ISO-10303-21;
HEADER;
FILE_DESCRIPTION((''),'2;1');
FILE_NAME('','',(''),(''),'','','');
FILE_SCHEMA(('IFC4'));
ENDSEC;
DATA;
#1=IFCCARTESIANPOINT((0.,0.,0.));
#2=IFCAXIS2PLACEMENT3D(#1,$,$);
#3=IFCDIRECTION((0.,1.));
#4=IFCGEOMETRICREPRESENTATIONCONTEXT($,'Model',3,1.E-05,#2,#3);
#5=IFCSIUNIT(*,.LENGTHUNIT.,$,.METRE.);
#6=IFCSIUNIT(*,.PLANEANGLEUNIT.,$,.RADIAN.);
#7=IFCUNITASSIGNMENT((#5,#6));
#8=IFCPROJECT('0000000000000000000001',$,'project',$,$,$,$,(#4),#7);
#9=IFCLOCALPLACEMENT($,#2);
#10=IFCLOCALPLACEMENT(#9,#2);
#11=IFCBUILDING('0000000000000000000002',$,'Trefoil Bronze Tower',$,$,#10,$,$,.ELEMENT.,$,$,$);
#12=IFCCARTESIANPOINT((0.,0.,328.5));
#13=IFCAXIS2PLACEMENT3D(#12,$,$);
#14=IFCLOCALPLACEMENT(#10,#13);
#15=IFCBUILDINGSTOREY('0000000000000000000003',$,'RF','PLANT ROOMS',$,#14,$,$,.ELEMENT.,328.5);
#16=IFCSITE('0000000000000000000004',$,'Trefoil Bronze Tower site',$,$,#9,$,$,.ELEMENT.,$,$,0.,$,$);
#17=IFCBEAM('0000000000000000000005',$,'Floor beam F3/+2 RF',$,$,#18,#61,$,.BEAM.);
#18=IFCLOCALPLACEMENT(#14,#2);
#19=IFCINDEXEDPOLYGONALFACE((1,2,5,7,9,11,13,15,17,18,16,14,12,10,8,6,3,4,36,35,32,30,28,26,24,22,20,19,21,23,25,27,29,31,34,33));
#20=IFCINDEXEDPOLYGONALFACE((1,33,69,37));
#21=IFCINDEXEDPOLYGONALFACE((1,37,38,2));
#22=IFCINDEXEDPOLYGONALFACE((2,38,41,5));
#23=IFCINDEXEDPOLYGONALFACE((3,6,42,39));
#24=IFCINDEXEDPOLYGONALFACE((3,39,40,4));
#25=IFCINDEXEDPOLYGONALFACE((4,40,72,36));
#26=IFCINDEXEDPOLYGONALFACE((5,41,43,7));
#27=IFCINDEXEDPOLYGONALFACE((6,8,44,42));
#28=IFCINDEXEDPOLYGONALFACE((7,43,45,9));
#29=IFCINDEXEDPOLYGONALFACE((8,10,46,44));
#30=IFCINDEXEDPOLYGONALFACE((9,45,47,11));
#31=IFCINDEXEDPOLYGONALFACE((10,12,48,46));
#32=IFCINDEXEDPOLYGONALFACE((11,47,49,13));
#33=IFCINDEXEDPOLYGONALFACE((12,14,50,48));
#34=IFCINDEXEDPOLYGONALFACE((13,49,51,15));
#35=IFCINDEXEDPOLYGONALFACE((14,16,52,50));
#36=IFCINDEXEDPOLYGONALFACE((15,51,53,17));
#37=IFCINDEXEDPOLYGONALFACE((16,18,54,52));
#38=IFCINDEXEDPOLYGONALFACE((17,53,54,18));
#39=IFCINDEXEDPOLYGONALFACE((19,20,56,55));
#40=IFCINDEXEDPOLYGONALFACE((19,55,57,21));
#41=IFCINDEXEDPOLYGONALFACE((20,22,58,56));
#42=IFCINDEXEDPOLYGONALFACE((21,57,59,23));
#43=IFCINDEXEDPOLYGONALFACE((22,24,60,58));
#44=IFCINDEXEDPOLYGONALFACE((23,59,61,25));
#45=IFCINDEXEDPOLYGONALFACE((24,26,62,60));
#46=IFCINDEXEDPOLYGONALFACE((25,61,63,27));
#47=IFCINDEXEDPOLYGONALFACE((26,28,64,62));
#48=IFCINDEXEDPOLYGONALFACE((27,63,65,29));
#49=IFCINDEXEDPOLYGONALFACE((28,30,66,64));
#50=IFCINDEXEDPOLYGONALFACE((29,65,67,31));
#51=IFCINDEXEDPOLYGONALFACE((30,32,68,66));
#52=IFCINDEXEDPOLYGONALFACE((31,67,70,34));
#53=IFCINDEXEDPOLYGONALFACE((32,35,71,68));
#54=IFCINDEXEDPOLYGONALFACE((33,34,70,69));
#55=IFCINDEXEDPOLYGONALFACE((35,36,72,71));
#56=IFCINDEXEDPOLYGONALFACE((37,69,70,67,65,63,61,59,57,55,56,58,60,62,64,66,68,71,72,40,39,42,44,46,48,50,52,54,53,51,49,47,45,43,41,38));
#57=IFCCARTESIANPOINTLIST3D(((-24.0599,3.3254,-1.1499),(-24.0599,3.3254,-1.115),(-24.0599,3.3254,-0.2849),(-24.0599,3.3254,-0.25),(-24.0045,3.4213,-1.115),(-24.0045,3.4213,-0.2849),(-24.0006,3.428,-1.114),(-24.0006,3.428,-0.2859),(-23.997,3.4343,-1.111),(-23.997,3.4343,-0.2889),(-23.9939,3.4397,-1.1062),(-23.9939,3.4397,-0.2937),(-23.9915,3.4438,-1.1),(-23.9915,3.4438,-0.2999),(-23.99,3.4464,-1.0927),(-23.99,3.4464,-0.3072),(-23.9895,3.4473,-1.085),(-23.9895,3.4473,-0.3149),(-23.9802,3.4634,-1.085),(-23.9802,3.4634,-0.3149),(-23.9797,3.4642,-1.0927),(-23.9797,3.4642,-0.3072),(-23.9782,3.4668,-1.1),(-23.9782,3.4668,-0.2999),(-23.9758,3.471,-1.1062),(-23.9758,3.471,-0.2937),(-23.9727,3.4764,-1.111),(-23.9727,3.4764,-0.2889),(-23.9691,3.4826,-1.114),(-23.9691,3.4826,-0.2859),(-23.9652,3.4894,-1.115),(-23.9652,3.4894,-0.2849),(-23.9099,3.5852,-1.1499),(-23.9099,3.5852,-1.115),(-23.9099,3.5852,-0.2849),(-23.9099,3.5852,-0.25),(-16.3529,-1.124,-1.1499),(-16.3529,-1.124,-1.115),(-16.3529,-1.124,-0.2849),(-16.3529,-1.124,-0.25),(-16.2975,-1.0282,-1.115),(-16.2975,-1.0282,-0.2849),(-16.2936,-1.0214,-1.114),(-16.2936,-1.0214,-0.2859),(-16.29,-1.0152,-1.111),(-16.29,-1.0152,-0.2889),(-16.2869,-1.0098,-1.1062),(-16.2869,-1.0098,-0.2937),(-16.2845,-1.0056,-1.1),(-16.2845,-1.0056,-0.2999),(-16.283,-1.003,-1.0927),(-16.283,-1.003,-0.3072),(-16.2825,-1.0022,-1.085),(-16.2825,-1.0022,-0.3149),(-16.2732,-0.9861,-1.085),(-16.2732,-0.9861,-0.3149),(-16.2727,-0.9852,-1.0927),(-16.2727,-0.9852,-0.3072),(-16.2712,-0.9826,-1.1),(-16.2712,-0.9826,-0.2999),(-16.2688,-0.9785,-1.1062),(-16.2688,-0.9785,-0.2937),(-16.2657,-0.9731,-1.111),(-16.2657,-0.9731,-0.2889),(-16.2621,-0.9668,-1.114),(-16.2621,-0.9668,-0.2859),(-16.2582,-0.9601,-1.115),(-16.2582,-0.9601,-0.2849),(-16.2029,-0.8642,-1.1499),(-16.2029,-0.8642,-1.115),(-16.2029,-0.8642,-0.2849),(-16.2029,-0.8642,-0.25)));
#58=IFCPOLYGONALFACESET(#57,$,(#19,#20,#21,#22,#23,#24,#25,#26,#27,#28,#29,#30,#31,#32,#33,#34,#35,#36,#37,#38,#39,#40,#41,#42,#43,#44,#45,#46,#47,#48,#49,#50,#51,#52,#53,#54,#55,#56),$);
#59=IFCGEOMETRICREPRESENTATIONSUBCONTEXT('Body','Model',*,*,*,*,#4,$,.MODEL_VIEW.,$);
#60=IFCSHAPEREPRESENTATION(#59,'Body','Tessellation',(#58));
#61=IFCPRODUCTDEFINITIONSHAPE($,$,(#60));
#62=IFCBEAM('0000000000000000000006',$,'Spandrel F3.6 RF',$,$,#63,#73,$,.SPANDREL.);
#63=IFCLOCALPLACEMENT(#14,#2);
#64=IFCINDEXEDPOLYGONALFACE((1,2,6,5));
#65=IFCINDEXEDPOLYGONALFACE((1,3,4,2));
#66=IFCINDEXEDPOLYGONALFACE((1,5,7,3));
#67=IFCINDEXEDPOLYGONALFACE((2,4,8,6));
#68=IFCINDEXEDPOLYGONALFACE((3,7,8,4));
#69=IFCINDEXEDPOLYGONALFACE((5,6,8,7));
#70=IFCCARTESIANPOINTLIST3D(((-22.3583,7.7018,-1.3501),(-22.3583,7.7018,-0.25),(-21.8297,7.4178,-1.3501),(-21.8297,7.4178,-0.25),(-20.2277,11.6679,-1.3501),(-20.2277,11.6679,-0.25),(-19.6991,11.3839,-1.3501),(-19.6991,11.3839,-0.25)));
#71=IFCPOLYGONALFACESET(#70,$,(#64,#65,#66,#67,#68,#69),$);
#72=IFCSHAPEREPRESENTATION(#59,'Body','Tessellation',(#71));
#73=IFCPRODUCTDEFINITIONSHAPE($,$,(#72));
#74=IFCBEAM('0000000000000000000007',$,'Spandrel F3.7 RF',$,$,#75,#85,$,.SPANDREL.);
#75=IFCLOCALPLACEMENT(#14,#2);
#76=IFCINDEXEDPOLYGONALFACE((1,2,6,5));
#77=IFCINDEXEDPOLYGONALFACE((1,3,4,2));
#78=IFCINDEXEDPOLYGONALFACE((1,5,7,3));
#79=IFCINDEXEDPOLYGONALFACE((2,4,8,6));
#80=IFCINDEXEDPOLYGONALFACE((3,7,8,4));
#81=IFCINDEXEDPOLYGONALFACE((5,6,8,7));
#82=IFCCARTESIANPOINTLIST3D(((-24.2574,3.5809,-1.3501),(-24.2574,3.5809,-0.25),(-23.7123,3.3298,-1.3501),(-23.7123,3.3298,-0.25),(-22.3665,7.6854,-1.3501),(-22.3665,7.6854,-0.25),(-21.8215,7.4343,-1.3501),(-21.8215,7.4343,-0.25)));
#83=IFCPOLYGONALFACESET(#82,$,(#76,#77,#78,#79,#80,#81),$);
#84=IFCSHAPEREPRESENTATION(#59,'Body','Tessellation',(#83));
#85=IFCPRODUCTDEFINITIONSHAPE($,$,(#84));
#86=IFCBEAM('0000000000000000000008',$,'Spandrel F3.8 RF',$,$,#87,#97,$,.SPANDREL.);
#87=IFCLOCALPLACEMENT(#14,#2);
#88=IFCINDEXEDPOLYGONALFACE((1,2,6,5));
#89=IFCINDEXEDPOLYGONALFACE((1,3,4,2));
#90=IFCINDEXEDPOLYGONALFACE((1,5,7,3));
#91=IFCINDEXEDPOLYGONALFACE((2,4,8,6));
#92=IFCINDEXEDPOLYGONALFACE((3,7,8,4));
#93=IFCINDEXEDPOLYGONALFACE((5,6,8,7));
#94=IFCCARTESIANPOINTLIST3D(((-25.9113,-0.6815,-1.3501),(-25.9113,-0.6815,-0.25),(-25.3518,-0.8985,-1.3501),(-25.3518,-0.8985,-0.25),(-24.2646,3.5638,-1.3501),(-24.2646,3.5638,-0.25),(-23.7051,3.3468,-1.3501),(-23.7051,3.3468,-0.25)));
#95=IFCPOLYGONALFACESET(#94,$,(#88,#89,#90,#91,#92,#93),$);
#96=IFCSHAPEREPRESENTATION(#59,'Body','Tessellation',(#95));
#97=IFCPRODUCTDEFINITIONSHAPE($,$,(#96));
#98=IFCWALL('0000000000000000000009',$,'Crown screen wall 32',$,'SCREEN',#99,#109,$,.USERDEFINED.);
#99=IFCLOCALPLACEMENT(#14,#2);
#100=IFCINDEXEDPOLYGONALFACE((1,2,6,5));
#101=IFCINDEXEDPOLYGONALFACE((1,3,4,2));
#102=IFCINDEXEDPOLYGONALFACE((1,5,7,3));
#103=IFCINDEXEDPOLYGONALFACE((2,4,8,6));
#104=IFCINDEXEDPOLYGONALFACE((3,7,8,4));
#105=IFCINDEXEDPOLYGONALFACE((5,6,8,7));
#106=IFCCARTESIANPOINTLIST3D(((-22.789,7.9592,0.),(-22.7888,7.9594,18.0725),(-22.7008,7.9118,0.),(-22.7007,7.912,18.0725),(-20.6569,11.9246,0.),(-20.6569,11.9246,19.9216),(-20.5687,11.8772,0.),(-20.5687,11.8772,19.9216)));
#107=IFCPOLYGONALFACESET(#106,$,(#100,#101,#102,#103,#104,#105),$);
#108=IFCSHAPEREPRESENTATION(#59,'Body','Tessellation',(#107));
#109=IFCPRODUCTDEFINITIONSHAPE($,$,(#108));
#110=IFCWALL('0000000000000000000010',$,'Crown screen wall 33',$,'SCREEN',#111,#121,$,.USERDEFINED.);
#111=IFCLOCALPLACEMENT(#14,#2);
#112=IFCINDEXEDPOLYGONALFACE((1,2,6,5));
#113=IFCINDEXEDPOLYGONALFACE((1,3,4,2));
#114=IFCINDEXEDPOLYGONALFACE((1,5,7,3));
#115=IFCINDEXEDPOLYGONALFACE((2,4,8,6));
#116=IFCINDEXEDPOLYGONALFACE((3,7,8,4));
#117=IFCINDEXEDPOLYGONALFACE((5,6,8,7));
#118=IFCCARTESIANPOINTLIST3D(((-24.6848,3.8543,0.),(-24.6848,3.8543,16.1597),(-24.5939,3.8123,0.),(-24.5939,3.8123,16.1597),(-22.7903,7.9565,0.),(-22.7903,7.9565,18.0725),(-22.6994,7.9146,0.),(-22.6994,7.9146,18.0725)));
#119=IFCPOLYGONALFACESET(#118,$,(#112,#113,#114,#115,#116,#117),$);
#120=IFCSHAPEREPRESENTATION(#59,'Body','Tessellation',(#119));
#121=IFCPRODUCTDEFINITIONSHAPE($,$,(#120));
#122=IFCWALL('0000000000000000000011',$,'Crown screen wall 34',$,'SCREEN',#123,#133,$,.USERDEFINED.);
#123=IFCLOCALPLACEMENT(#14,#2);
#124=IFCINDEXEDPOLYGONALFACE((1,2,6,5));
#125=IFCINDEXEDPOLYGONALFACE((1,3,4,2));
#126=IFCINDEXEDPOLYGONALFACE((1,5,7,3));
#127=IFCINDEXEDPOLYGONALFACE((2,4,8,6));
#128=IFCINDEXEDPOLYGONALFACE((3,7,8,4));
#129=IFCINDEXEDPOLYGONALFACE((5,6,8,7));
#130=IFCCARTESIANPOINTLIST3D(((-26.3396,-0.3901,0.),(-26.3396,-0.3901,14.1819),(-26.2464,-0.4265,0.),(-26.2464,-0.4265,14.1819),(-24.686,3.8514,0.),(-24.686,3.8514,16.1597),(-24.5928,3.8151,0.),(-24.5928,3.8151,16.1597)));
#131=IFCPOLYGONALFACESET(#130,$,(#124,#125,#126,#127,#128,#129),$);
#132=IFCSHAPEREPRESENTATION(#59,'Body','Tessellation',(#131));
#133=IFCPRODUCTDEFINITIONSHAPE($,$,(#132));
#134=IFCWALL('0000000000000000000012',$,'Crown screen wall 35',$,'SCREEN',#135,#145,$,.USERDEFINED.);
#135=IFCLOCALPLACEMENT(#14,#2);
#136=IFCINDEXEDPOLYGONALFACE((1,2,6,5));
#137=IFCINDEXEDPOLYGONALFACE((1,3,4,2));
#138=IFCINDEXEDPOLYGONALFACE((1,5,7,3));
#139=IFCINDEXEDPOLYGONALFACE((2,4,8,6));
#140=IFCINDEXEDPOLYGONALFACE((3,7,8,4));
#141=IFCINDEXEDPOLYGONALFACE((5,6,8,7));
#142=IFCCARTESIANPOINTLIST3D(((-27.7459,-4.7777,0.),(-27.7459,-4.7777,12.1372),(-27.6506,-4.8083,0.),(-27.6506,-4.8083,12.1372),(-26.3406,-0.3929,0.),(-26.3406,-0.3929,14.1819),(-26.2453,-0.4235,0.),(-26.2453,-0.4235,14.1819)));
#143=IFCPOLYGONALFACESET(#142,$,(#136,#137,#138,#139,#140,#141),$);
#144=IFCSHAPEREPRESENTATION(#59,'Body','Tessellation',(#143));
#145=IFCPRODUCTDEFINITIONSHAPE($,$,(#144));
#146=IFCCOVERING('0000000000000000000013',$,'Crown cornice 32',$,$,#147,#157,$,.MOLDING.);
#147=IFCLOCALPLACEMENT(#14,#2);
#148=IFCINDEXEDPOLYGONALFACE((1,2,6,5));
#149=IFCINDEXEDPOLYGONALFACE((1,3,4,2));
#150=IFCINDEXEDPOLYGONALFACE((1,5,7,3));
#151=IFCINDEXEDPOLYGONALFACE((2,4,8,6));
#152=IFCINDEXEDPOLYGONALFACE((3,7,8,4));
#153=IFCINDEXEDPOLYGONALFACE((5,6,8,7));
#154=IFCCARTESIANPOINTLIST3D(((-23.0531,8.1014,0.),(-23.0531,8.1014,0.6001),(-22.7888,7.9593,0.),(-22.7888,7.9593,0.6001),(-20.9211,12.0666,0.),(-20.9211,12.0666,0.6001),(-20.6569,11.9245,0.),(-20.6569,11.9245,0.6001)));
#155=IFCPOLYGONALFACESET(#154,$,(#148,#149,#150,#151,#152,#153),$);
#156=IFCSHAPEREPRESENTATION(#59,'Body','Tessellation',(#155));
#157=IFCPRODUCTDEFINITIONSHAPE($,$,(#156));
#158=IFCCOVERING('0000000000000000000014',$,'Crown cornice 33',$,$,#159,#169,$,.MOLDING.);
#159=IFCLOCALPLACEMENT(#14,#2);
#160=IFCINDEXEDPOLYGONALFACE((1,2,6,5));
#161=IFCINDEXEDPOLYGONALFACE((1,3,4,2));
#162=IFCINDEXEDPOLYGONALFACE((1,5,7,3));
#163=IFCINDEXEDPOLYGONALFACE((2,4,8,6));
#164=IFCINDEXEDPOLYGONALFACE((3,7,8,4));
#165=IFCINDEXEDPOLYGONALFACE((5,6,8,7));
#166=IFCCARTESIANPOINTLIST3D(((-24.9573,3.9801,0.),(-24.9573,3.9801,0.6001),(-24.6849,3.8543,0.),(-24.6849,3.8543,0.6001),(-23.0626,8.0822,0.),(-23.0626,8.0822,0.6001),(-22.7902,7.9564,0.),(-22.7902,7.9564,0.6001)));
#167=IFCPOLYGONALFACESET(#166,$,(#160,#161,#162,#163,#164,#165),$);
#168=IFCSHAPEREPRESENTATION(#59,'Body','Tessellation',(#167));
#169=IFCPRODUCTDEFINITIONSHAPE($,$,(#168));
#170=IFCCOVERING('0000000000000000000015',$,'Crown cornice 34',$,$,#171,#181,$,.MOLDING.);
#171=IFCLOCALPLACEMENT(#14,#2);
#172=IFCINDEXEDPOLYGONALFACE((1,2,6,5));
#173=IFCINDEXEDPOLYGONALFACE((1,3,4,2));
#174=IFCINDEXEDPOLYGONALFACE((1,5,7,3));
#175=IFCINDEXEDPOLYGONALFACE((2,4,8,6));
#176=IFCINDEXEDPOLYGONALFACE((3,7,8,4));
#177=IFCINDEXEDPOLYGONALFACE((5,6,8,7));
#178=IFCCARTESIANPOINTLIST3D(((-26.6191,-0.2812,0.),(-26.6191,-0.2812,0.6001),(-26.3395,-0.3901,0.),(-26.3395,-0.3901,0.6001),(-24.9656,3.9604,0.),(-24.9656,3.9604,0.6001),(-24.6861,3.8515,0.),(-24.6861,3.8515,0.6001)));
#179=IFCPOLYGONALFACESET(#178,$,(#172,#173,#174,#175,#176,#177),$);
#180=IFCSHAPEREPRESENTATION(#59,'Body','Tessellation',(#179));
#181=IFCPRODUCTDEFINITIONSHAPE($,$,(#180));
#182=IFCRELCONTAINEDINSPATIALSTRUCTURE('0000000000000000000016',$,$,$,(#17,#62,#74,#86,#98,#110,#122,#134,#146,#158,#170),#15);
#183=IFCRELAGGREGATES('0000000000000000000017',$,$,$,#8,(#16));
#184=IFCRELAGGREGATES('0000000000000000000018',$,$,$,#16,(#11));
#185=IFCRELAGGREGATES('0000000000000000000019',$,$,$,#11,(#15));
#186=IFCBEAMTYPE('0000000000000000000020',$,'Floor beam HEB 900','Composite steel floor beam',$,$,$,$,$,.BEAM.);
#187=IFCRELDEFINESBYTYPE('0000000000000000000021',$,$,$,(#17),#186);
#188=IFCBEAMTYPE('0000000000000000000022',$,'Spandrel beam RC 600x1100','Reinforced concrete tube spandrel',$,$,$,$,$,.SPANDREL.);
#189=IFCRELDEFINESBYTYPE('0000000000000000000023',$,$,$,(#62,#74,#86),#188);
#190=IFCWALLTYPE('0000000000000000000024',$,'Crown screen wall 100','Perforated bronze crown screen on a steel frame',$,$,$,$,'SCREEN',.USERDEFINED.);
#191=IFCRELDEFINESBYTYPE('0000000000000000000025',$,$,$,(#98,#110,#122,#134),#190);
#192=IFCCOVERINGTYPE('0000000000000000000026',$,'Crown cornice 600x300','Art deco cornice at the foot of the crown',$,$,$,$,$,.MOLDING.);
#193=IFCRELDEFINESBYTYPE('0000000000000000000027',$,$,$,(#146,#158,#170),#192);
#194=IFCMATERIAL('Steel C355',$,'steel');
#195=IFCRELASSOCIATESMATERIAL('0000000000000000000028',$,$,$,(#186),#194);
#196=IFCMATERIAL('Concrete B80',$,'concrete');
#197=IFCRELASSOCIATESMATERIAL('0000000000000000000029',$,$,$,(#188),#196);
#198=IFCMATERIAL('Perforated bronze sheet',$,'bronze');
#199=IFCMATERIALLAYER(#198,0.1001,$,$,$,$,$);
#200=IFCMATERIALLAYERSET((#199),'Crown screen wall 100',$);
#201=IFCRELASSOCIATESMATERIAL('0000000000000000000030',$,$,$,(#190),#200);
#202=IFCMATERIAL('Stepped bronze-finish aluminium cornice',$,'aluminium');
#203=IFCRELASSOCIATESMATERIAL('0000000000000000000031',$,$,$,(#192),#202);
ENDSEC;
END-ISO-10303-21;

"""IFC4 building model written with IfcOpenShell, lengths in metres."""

from ifc_helpers import new_model, si_unit, direction, frame, origin, origin_2d, place, context, subcontext, project, spatial, polyline, rectangle, i_section, outline, extrude, material, layer, layer_set, material_profile, profile_set, type_object, element, save


model = new_model("IFC4")

# Units and contexts
model_context = context("Model", 3, precision=1e-05, world=origin(), true_north=direction((0.0, 1.0)))
body_context = subcontext(model_context, "Body", "Model", "MODEL_VIEW")
ifc_project = project(units=[si_unit("LENGTHUNIT", "METRE"), si_unit("PLANEANGLEUNIT", "RADIAN")], contexts=[model_context])

# Site, building, storey
site_placement = place(None, origin())
site = spatial("IfcSite", under=ifc_project, at=site_placement, Name="Trefoil Bronze Tower site", CompositionType="ELEMENT", RefElevation=0.0)
building_placement = place(site_placement, origin())
building = spatial("IfcBuilding", under=site, at=building_placement, Name="Trefoil Bronze Tower", CompositionType="ELEMENT")
storey_placement = place(building_placement, frame((0.0, 0.0, 328.5)))
storey = spatial("IfcBuildingStorey", under=building, at=storey_placement, Name="RF", Description="PLANT ROOMS", CompositionType="ELEMENT", Elevation=328.5)

# Beams
ifc_material_1 = material(Name="Steel C355", Category="steel")
ifc_material_profile_1 = material_profile(ifc_material_1, i_section(OverallWidth=0.3, OverallDepth=0.8999, WebThickness=0.0186, FlangeThickness=0.0349, FilletRadius=0.03, at=origin_2d()), Name="HEB 900")
ifc_profile_set_1 = profile_set([ifc_material_profile_1], Name="Steel C355")
beam_type_1 = type_object("IfcBeamType", Name="Floor beam HEB 900", Description="Composite steel floor beam", PredefinedType="BEAM", material=ifc_profile_set_1)
beam_1_placement = place(storey_placement, frame((-23.9849, 3.4553, -0.7), z_axis=(0.866035, -0.499984, 0.0), x_axis=(0.499984, 0.866035, 0.0)))
element("IfcBeam", 1, at=beam_1_placement, inside=storey, type_object=beam_type_1, Name="Floor beam F3/+2 RF", PredefinedType="BEAM", context=body_context, shape_type="SweptSolid", body=[
    extrude(i_section(OverallWidth=0.3, OverallDepth=0.8999, WebThickness=0.0186, FlangeThickness=0.0349, FilletRadius=0.03, at=origin_2d()), origin(), (0.0, 0.0, 1.0), 8.8992),
])
ifc_material_2 = material(Name="Concrete B80", Category="concrete")
ifc_material_profile_2 = material_profile(ifc_material_2, rectangle(XDim=0.6001, YDim=1.1001, at=origin_2d()), Name="RC 600x1100")
ifc_profile_set_2 = profile_set([ifc_material_profile_2], Name="Concrete B80")
beam_type_2 = type_object("IfcBeamType", Name="Spandrel beam RC 600x1100", Description="Reinforced concrete tube spandrel", PredefinedType="SPANDREL", material=ifc_profile_set_2)
beam_2_placement = place(storey_placement, frame((-19.9634, 11.5259, -0.8), z_axis=(-0.473246, -0.88093, 0.0), x_axis=(0.88093, -0.473246, 0.0)))
element("IfcBeam", 2, at=beam_2_placement, inside=storey, type_object=beam_type_2, Name="Spandrel F3.6 RF", PredefinedType="SPANDREL", context=body_context, shape_type="SweptSolid", body=[
    extrude(rectangle(XDim=0.6001, YDim=1.1001, at=origin_2d()), origin(), (0.0, 0.0, 1.0), 4.5022),
])
beam_3_placement = place(storey_placement, frame((-22.094, 7.5598, -0.8), z_axis=(-0.418417, -0.908255, 0.0), x_axis=(0.908255, -0.418417, 0.0)))
element("IfcBeam", 3, at=beam_3_placement, inside=storey, type_object=beam_type_2, Name="Spandrel F3.7 RF", PredefinedType="SPANDREL", context=body_context, shape_type="SweptSolid", body=[
    extrude(rectangle(XDim=0.6001, YDim=1.1001, at=origin_2d()), origin(), (0.0, 0.0, 1.0), 4.519),
])
beam_4_placement = place(storey_placement, frame((-23.9849, 3.4553, -0.8), z_axis=(-0.361636, -0.932319, 0.0), x_axis=(0.932319, -0.361636, 0.0)))
element("IfcBeam", 4, at=beam_4_placement, inside=storey, type_object=beam_type_2, Name="Spandrel F3.8 RF", PredefinedType="SPANDREL", context=body_context, shape_type="SweptSolid", body=[
    extrude(rectangle(XDim=0.6001, YDim=1.1001, at=origin_2d()), origin(), (0.0, 0.0, 1.0), 4.5535),
])

# Walls
ifc_material_3 = material(Name="Perforated bronze sheet", Category="bronze")
ifc_layer = layer(ifc_material_3, 0.1001)
ifc_layer_set = layer_set([ifc_layer], Name="Crown screen wall 100")
wall_type = type_object("IfcWallType", Name="Crown screen wall 100", Description="Perforated bronze crown screen on a steel frame", ElementType="SCREEN", PredefinedType="USERDEFINED", material=ifc_layer_set)
wall_1_placement = place(storey_placement, frame((-20.6128, 11.9009, 0.0), z_axis=(0.0, 0.0, 1.0), x_axis=(-0.473566, -0.880758, 0.0)))
element("IfcWall", 5, at=wall_1_placement, inside=storey, type_object=wall_type, Name="Crown screen wall 32", ObjectType="SCREEN", PredefinedType="USERDEFINED", context=body_context, shape_type="SweptSolid", body=[
    extrude(outline(polyline([(0.0, 0.0), (4.5022, 0.0), (4.502, 18.0725), (0.0, 19.9216), (0.0, 0.0)])), frame((0.0, 0.05, 0.0), z_axis=(0.0, -1.0, 0.0), x_axis=(1.0, 0.0, 0.0)), (0.0, 0.0, 1.0), 0.1001),
])
wall_2_placement = place(storey_placement, frame((-22.7449, 7.9355, 0.0), z_axis=(0.0, 0.0, 1.0), x_axis=(-0.419271, -0.907861, 0.0)))
element("IfcWall", 6, at=wall_2_placement, inside=storey, type_object=wall_type, Name="Crown screen wall 33", ObjectType="SCREEN", PredefinedType="USERDEFINED", context=body_context, shape_type="SweptSolid", body=[
    extrude(outline(polyline([(0.0, 0.0), (4.5186, 0.0), (4.5186, 16.1597), (0.0, 18.0725), (0.0, 0.0)])), frame((0.0, 0.05, 0.0), z_axis=(0.0, -1.0, 0.0), x_axis=(1.0, 0.0, 0.0)), (0.0, 0.0, 1.0), 0.1001),
])
wall_3_placement = place(storey_placement, frame((-24.6394, 3.8333, 0.0), z_axis=(0.0, 0.0, 1.0), x_axis=(-0.36323, -0.931699, 0.0)))
element("IfcWall", 7, at=wall_3_placement, inside=storey, type_object=wall_type, Name="Crown screen wall 34", ObjectType="SCREEN", PredefinedType="USERDEFINED", context=body_context, shape_type="SweptSolid", body=[
    extrude(outline(polyline([(0.0, 0.0), (4.5525, 0.0), (4.5525, 14.1819), (0.0, 16.1597), (0.0, 0.0)])), frame((0.0, 0.05, 0.0), z_axis=(0.0, -1.0, 0.0), x_axis=(1.0, 0.0, 0.0)), (0.0, 0.0, 1.0), 0.1001),
])
wall_4_placement = place(storey_placement, frame((-26.293, -0.4082, 0.0), z_axis=(0.0, 0.0, 1.0), x_axis=(-0.305199, -0.952289, 0.0)))
element("IfcWall", 8, at=wall_4_placement, inside=storey, type_object=wall_type, Name="Crown screen wall 35", ObjectType="SCREEN", PredefinedType="USERDEFINED", context=body_context, shape_type="SweptSolid", body=[
    extrude(outline(polyline([(0.0, 0.0), (4.6045, 0.0), (4.6045, 12.1372), (0.0, 14.1819), (0.0, 0.0)])), frame((0.0, 0.05, 0.0), z_axis=(0.0, -1.0, 0.0), x_axis=(1.0, 0.0, 0.0)), (0.0, 0.0, 1.0), 0.1001),
])

# Coverings
ifc_material_4 = material(Name="Stepped bronze-finish aluminium cornice", Category="aluminium")
covering_type = type_object("IfcCoveringType", Name="Crown cornice 600x300", Description="Art deco cornice at the foot of the crown", PredefinedType="MOLDING", material=ifc_material_4)
covering_1_placement = place(storey_placement, frame((-21.855, 10.0129, 0.0), z_axis=(0.0, 0.0, 1.0), x_axis=(-0.473562, -0.88076, 0.0)))
element("IfcCovering", 9, at=covering_1_placement, inside=storey, type_object=covering_type, Name="Crown cornice 32", PredefinedType="MOLDING", context=body_context, shape_type="SweptSolid", body=[
    extrude(rectangle(XDim=4.502, YDim=0.3, at=origin_2d()), origin(), (0.0, 0.0, 1.0), 0.6001),
])
covering_2_placement = place(storey_placement, frame((-23.8738, 5.9683, 0.0), z_axis=(0.0, 0.0, 1.0), x_axis=(-0.419309, -0.907844, 0.0)))
element("IfcCovering", 10, at=covering_2_placement, inside=storey, type_object=covering_type, Name="Crown cornice 33", PredefinedType="MOLDING", context=body_context, shape_type="SweptSolid", body=[
    extrude(rectangle(XDim=4.5186, YDim=0.3, at=origin_2d()), origin(), (0.0, 0.0, 1.0), 0.6001),
])
covering_3_placement = place(storey_placement, frame((-25.6526, 1.7852, 0.0), z_axis=(0.0, 0.0, 1.0), x_axis=(-0.363199, -0.931712, 0.0)))
element("IfcCovering", 11, at=covering_3_placement, inside=storey, type_object=covering_type, Name="Crown cornice 34", PredefinedType="MOLDING", context=body_context, shape_type="SweptSolid", body=[
    extrude(rectangle(XDim=4.5525, YDim=0.3, at=origin_2d()), origin(), (0.0, 0.0, 1.0), 0.6001),
])

save(model, "model.ifc")
